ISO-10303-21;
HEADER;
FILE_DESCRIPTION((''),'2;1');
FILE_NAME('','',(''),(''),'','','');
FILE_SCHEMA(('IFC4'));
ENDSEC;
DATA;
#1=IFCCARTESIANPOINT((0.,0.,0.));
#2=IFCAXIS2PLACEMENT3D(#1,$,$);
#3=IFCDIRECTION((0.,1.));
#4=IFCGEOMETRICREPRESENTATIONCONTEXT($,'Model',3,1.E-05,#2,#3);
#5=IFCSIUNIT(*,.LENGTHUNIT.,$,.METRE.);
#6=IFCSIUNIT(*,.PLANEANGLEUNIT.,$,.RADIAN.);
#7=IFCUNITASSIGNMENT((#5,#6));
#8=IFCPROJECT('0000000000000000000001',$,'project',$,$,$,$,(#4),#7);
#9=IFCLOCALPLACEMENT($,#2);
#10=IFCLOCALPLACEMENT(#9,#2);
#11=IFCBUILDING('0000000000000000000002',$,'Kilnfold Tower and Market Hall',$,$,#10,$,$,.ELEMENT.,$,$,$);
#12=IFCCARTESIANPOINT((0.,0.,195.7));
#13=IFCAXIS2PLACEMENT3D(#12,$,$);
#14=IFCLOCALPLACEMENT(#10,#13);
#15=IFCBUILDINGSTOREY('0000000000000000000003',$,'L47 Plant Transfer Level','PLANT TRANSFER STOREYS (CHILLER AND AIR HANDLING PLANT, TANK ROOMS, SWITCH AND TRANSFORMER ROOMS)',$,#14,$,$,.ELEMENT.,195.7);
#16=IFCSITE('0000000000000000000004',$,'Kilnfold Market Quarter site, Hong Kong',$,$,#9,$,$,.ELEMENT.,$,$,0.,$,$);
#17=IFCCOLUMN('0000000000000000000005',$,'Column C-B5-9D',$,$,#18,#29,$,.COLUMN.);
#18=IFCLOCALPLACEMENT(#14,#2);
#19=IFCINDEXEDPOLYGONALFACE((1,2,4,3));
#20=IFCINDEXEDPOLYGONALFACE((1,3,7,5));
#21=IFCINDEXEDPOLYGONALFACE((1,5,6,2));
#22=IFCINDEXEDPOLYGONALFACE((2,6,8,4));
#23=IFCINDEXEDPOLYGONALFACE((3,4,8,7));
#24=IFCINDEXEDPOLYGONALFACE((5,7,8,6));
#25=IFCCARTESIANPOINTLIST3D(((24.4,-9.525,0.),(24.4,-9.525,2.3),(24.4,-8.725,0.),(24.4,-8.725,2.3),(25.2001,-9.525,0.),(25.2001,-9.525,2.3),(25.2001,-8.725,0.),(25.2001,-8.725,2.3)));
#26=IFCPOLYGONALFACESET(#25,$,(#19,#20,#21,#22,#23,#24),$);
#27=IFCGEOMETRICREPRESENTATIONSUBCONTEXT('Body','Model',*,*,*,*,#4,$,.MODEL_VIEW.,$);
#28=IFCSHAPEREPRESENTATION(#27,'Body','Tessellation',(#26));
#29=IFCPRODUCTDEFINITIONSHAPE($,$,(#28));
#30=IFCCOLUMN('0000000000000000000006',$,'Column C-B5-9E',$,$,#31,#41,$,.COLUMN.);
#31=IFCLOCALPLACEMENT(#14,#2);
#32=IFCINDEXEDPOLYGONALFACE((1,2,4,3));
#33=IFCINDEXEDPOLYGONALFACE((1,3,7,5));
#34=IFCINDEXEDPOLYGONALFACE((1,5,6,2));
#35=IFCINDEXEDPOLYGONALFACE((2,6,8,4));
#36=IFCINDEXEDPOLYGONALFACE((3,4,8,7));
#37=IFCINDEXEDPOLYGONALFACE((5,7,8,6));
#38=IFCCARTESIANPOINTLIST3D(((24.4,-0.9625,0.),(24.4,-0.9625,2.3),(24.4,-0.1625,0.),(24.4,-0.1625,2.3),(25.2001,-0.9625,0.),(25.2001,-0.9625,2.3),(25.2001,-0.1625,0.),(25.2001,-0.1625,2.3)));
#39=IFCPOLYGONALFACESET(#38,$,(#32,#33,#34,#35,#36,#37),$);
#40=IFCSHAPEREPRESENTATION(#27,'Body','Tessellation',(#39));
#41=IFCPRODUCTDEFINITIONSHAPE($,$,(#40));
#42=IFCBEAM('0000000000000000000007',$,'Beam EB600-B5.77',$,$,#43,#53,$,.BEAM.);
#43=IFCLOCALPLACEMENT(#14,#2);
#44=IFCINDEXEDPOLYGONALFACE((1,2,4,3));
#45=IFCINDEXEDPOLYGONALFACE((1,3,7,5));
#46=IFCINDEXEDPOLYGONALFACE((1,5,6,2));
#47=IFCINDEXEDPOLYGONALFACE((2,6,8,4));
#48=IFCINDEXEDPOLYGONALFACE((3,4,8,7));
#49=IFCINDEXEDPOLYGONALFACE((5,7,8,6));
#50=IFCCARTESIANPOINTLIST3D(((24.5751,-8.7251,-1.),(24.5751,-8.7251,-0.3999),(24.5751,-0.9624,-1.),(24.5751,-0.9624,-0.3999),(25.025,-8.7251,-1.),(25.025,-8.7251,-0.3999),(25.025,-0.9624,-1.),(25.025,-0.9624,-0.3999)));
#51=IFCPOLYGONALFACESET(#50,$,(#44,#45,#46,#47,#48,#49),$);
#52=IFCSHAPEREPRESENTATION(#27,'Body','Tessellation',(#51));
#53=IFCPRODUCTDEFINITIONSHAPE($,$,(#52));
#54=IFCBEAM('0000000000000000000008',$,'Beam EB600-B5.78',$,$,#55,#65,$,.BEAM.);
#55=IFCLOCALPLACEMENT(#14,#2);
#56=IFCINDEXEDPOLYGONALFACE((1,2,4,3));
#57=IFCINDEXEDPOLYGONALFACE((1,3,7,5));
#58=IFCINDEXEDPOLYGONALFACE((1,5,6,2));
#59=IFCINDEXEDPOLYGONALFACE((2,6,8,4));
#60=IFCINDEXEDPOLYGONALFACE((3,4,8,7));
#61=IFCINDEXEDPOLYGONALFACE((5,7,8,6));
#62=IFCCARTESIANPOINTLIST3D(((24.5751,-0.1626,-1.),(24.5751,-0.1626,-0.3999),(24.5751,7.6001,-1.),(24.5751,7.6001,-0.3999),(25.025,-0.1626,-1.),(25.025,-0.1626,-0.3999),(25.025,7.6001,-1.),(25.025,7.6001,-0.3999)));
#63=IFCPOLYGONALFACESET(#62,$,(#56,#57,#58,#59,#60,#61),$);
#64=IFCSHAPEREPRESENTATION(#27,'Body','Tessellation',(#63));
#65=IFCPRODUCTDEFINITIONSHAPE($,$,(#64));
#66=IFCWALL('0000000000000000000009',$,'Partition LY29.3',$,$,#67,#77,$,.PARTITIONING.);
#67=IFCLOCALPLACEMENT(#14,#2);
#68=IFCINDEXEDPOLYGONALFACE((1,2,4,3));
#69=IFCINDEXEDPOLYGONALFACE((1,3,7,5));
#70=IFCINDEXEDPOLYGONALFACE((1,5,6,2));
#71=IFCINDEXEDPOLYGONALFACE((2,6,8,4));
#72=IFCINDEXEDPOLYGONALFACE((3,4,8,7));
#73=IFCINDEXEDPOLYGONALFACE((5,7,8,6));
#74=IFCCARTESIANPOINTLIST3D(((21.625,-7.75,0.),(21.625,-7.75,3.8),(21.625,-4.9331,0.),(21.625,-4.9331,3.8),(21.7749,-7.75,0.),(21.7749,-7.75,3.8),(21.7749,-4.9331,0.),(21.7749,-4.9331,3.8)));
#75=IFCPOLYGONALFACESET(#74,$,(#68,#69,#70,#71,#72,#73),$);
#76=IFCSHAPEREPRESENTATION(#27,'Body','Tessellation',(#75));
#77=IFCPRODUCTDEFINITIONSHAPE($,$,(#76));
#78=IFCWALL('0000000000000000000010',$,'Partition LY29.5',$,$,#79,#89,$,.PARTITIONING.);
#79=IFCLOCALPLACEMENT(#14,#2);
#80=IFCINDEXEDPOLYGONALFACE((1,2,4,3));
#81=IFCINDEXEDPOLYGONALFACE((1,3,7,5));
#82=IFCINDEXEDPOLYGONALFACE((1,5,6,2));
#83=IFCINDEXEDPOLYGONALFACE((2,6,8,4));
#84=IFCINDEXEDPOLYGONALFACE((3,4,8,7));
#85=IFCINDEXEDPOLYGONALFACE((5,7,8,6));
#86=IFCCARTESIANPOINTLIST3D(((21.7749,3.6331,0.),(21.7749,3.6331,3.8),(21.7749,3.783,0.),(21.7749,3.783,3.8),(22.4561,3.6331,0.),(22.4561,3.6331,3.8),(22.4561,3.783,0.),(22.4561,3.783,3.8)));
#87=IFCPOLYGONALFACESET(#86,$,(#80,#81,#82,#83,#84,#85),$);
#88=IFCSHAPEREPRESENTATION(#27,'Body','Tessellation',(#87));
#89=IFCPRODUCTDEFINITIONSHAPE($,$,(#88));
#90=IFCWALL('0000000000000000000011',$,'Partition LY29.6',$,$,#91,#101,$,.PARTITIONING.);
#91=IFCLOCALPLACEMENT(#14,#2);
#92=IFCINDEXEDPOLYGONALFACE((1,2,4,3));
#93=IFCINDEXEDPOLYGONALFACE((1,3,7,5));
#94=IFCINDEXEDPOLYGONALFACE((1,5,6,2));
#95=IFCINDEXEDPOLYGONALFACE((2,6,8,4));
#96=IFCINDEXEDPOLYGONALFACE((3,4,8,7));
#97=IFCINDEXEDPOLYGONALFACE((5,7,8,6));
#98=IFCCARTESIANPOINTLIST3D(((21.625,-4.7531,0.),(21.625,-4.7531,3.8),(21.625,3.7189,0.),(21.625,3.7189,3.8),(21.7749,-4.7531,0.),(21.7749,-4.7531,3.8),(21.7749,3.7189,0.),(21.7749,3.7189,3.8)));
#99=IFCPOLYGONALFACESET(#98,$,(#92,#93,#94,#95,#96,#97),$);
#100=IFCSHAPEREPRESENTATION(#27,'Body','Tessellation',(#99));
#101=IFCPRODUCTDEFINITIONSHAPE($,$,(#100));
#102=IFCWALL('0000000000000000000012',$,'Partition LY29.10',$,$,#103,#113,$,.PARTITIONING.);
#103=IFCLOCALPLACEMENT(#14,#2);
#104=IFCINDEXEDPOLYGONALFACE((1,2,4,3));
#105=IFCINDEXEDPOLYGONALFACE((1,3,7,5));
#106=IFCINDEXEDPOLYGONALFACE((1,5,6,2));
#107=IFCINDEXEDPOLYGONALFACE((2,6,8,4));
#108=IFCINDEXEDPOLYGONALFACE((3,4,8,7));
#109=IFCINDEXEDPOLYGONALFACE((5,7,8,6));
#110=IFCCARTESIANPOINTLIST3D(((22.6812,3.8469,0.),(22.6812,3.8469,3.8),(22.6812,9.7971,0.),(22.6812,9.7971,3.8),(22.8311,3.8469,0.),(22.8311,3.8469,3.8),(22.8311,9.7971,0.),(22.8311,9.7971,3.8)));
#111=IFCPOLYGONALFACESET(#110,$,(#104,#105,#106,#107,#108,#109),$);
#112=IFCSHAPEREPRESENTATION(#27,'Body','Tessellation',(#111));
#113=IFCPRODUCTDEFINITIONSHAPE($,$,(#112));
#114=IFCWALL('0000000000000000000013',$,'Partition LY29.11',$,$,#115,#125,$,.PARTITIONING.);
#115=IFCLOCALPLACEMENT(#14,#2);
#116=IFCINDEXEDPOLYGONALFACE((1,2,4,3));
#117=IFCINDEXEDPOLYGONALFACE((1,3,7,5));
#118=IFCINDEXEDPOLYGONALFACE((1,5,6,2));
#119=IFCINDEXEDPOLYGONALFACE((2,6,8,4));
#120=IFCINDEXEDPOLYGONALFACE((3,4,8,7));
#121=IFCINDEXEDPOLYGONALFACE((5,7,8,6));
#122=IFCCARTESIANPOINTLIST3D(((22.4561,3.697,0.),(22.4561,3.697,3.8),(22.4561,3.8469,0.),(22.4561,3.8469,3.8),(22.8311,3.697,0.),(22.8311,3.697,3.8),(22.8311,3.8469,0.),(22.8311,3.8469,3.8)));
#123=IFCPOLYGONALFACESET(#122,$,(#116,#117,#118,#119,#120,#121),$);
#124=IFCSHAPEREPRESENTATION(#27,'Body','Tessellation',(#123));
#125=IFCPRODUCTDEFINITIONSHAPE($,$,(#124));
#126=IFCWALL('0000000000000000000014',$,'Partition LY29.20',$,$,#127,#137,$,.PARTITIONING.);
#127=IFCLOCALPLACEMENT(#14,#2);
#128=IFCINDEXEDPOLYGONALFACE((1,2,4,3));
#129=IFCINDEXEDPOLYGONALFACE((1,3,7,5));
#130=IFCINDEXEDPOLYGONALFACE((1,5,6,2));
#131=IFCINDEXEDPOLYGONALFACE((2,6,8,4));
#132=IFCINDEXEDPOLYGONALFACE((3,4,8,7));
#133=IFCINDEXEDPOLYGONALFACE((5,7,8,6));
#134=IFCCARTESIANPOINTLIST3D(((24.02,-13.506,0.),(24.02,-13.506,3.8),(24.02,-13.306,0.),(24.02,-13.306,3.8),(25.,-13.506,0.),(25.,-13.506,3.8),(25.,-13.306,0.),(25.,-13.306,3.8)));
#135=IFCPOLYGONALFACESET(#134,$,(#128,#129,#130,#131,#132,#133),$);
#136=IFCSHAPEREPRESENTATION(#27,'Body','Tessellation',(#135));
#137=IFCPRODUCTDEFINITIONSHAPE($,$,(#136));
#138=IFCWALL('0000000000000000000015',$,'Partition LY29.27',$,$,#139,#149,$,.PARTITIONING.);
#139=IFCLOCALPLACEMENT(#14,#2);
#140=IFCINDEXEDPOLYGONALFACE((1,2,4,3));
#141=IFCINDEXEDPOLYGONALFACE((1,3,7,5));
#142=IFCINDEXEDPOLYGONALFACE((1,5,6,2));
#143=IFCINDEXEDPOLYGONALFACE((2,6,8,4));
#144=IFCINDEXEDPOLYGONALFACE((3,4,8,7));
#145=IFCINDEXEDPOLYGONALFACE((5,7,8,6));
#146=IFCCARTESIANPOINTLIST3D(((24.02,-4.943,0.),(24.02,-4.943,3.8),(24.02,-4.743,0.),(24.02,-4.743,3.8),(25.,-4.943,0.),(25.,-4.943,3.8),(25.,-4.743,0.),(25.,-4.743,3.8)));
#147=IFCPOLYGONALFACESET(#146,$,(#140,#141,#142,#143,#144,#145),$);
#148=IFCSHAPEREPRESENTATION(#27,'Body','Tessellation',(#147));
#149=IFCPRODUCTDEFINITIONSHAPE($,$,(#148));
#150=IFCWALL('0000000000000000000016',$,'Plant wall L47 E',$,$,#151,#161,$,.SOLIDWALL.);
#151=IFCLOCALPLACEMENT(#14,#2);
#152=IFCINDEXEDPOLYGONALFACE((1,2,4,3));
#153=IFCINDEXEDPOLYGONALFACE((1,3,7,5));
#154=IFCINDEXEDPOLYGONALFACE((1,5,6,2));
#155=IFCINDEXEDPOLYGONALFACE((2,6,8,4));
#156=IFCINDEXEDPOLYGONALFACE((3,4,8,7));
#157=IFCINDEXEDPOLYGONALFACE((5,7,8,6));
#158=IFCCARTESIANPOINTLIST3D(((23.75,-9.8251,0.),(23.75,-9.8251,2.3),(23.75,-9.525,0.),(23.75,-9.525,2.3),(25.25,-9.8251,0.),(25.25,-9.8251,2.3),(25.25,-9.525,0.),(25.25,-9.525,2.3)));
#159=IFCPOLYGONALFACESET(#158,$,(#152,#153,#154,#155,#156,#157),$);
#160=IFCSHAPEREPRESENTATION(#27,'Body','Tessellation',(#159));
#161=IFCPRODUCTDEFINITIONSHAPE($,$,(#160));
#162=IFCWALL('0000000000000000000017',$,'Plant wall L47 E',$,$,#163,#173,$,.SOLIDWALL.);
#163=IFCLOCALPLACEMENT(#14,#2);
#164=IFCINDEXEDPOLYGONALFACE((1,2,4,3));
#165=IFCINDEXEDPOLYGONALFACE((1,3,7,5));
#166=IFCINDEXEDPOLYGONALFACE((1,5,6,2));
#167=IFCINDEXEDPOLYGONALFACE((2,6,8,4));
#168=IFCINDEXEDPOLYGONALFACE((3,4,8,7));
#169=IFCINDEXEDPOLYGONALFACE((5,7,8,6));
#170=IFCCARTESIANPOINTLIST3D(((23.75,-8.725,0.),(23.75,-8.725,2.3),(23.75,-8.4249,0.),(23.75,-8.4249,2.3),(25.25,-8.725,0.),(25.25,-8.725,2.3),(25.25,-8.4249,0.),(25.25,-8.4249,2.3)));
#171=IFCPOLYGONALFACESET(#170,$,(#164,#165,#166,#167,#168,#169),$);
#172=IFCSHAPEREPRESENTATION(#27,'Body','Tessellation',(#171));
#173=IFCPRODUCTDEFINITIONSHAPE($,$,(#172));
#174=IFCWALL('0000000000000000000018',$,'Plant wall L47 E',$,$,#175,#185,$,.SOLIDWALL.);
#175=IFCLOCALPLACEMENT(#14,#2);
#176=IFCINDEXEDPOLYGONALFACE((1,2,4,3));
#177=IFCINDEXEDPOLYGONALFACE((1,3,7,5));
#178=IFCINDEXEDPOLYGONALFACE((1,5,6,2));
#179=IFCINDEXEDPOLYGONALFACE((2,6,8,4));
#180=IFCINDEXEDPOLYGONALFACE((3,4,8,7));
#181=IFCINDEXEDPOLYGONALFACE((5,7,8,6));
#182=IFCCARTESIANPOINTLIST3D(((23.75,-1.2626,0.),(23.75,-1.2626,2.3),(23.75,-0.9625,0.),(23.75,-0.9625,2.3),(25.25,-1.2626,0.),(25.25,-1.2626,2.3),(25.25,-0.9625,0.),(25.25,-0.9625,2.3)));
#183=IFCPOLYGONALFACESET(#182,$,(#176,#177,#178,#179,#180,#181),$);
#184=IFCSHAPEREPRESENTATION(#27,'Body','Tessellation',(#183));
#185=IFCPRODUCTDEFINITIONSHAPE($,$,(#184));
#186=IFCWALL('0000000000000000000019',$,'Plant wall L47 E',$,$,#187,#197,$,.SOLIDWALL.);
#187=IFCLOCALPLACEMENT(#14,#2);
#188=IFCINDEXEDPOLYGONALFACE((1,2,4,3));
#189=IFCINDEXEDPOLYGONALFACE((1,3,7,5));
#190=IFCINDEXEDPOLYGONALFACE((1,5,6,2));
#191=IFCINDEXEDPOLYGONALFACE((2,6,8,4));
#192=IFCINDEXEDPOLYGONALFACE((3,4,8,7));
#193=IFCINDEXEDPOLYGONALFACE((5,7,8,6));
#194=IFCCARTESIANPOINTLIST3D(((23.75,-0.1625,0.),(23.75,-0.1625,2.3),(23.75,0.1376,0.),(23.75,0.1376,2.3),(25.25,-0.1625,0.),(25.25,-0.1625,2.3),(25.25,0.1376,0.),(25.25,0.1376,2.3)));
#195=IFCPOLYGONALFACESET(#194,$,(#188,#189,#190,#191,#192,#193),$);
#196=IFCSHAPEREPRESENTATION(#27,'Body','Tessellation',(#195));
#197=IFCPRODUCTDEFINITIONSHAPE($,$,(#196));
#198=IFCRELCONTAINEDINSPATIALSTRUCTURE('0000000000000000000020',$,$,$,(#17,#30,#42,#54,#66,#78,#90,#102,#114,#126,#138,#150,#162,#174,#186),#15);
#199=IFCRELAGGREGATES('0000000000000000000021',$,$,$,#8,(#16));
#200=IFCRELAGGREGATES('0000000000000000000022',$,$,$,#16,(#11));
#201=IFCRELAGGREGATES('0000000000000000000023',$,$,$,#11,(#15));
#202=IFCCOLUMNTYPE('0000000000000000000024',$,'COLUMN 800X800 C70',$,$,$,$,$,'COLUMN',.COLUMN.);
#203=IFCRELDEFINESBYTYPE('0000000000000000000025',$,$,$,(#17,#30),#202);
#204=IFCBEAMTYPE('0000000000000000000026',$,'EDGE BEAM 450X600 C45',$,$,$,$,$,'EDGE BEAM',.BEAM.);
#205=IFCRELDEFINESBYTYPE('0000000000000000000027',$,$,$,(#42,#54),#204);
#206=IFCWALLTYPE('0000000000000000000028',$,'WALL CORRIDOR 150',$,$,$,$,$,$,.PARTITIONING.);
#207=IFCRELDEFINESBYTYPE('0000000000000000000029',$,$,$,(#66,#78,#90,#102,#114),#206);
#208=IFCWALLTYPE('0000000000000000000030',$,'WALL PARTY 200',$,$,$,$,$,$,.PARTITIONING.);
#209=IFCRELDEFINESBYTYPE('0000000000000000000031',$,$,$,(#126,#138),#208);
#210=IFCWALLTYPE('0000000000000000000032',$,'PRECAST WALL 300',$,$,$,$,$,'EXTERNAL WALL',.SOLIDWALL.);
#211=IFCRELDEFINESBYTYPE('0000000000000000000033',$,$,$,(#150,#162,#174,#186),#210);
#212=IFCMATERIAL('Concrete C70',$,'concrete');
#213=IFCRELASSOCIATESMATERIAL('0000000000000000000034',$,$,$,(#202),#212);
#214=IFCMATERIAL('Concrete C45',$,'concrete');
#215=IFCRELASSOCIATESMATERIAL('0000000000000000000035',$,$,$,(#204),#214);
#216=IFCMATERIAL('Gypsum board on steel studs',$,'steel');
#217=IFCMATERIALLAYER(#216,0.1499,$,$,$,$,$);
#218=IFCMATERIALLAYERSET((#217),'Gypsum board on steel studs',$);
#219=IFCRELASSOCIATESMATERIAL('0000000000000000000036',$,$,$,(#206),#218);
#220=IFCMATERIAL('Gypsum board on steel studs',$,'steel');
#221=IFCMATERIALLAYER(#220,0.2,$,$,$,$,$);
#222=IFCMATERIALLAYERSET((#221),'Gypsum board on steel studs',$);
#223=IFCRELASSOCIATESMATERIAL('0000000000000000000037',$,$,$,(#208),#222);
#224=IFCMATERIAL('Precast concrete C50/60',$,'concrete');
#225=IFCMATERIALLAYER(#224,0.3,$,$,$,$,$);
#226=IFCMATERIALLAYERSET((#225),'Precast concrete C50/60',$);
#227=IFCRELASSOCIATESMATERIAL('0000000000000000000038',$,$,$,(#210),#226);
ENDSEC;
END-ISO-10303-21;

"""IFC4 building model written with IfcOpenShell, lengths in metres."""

from ifc_helpers import new_model, si_unit, direction, frame, frame_2d, origin, origin_2d, place, context, subcontext, project, spatial, rectangle, extrude, source, transform, mapped, material, layer, layer_set, material_profile, profile_set, type_object, element, save


model = new_model("IFC4")

# Units and contexts
model_context = context("Model", 3, precision=1e-05, world=origin(), true_north=direction((0.0, 1.0)))
body_context = subcontext(model_context, "Body", "Model", "MODEL_VIEW")
ifc_project = project(units=[si_unit("LENGTHUNIT", "METRE"), si_unit("PLANEANGLEUNIT", "RADIAN")], contexts=[model_context])

# Site, building, storey
site_placement = place(None, origin())
site = spatial("IfcSite", under=ifc_project, at=site_placement, Name="Kilnfold Market Quarter site, Hong Kong", CompositionType="ELEMENT", RefElevation=0.0)
building_placement = place(site_placement, origin())
building = spatial("IfcBuilding", under=site, at=building_placement, Name="Kilnfold Tower and Market Hall", CompositionType="ELEMENT")
storey_placement = place(building_placement, frame((0.0, 0.0, 195.7)))
storey = spatial("IfcBuildingStorey", under=building, at=storey_placement, Name="L47 Plant Transfer Level", Description="PLANT TRANSFER STOREYS (CHILLER AND AIR HANDLING PLANT, TANK ROOMS, SWITCH AND TRANSFORMER ROOMS)", CompositionType="ELEMENT", Elevation=195.7)

# Columns
ifc_material_1 = material(Name="Concrete C70", Category="concrete")
ifc_material_profile_1 = material_profile(ifc_material_1, rectangle(XDim=0.8, YDim=0.8, at=origin_2d()), Name="RC 800x800")
ifc_profile_set_1 = profile_set([ifc_material_profile_1], Name="Concrete C70")
column_type = type_object("IfcColumnType", Name="COLUMN 800X800 C70", ElementType="COLUMN", PredefinedType="COLUMN", material=ifc_profile_set_1)
shared_shape_1 = source(origin(), body_context, "Body", "SweptSolid", [
    extrude(rectangle(XDim=0.8, YDim=0.8, at=origin_2d()), origin(), (0.0, 0.0, 1.0), 2.3),
])
for number, where, z_axis, x_axis, name in (
    (1, (24.8, -9.125, 0.0), (0.0, 0.0, 1.0), (1.0, 0.0, 0.0), "Column C-B5-9D"),
    (2, (24.8, -0.5625, 0.0), (0.0, 0.0, 1.0), (1.0, 0.0, 0.0), "Column C-B5-9E"),
):
    element("IfcColumn", number, at=place(storey_placement, frame(where, z_axis=z_axis, x_axis=x_axis)), inside=storey, type_object=column_type, Name=name, PredefinedType="COLUMN", context=body_context, shape_type="MappedRepresentation", body=[
        mapped(shared_shape_1, transform((0.0, 0.0, 0.0))),
    ])

# Beams
ifc_material_2 = material(Name="Concrete C45", Category="concrete")
ifc_material_profile_2 = material_profile(ifc_material_2, rectangle(XDim=0.45, YDim=0.6001, at=origin_2d()), Name="RC 450x600")
ifc_profile_set_2 = profile_set([ifc_material_profile_2], Name="Concrete C45")
beam_type = type_object("IfcBeamType", Name="EDGE BEAM 450X600 C45", ElementType="EDGE BEAM", PredefinedType="BEAM", material=ifc_profile_set_2)
shared_shape_2 = source(origin(), body_context, "Body", "SweptSolid", [
    extrude(rectangle(XDim=0.45, YDim=0.6001, at=origin_2d()), origin(), (0.0, 0.0, 1.0), 7.7627),
])
for number, where, z_axis, x_axis, name in (
    (3, (24.8, -8.7251, -0.7), (0.0, 1.0, 0.0), (-1.0, 0.0, 0.0), "Beam EB600-B5.77"),
    (4, (24.8, -0.1626, -0.7), (0.0, 1.0, 0.0), (-1.0, 0.0, 0.0), "Beam EB600-B5.78"),
):
    element("IfcBeam", number, at=place(storey_placement, frame(where, z_axis=z_axis, x_axis=x_axis)), inside=storey, type_object=beam_type, Name=name, PredefinedType="BEAM", context=body_context, shape_type="MappedRepresentation", body=[
        mapped(shared_shape_2, transform((0.0, 0.0, 0.0))),
    ])

# Walls
ifc_material_3 = material(Name="Gypsum board on steel studs", Category="steel")
ifc_layer_1 = layer(ifc_material_3, 0.1499)
ifc_layer_set_1 = layer_set([ifc_layer_1], Name="Gypsum board on steel studs")
wall_type_1 = type_object("IfcWallType", Name="WALL CORRIDOR 150", PredefinedType="PARTITIONING", material=ifc_layer_set_1)
wall_1_placement = place(storey_placement, frame((21.7, -7.75, 0.0), z_axis=(0.0, 0.0, 1.0), x_axis=(0.0, 1.0, 0.0)))
element("IfcWall", 5, at=wall_1_placement, inside=storey, type_object=wall_type_1, Name="Partition LY29.3", PredefinedType="PARTITIONING", context=body_context, shape_type="SweptSolid", body=[
    extrude(rectangle(XDim=2.8169, YDim=0.1499, at=frame_2d((1.4084, 0.0))), origin(), (0.0, 0.0, 1.0), 3.8),
])
wall_2_placement = place(storey_placement, frame((21.7749, 3.708, 0.0), z_axis=(0.0, 0.0, 1.0), x_axis=(1.0, 0.0, 0.0)))
element("IfcWall", 6, at=wall_2_placement, inside=storey, type_object=wall_type_1, Name="Partition LY29.5", PredefinedType="PARTITIONING", context=body_context, shape_type="SweptSolid", body=[
    extrude(rectangle(XDim=0.6812, YDim=0.1499, at=frame_2d((0.3406, 0.0))), origin(), (0.0, 0.0, 1.0), 3.8),
])
wall_3_placement = place(storey_placement, frame((21.7, -4.7529, 0.0), z_axis=(0.0, 0.0, 1.0), x_axis=(0.0, 1.0, 0.0)))
element("IfcWall", 7, at=wall_3_placement, inside=storey, type_object=wall_type_1, Name="Partition LY29.6", PredefinedType="PARTITIONING", context=body_context, shape_type="SweptSolid", body=[
    extrude(rectangle(XDim=8.4719, YDim=0.1499, at=frame_2d((4.2358, 0.0))), origin(), (0.0, 0.0, 1.0), 3.8),
])
wall_4_placement = place(storey_placement, frame((22.7561, 3.8469, 0.0), z_axis=(0.0, 0.0, 1.0), x_axis=(0.0, 1.0, 0.0)))
element("IfcWall", 8, at=wall_4_placement, inside=storey, type_object=wall_type_1, Name="Partition LY29.10", PredefinedType="PARTITIONING", context=body_context, shape_type="SweptSolid", body=[
    extrude(rectangle(XDim=5.9502, YDim=0.1499, at=frame_2d((2.9751, 0.0))), origin(), (0.0, 0.0, 1.0), 3.8),
])
wall_5_placement = place(storey_placement, frame((22.4561, 3.772, 0.0), z_axis=(0.0, 0.0, 1.0), x_axis=(1.0, 0.0, 0.0)))
element("IfcWall", 9, at=wall_5_placement, inside=storey, type_object=wall_type_1, Name="Partition LY29.11", PredefinedType="PARTITIONING", context=body_context, shape_type="SweptSolid", body=[
    extrude(rectangle(XDim=0.375, YDim=0.1499, at=frame_2d((0.1875, 0.0))), origin(), (0.0, 0.0, 1.0), 3.8),
])
ifc_material_4 = material(Name="Gypsum board on steel studs", Category="steel")
ifc_layer_2 = layer(ifc_material_4, 0.2)
ifc_layer_set_2 = layer_set([ifc_layer_2], Name="Gypsum board on steel studs")
wall_type_2 = type_object("IfcWallType", Name="WALL PARTY 200", PredefinedType="PARTITIONING", material=ifc_layer_set_2)
for number, where, z_axis, x_axis, name in (
    (10, (25.0, -13.406, 0.0), (0.0, 0.0, 1.0), (-1.0, 0.0, 0.0), "Partition LY29.20"),
    (11, (24.02, -4.843, 0.0), (0.0, 0.0, 1.0), (1.0, 0.0, 0.0), "Partition LY29.27"),
):
    element("IfcWall", number, at=place(storey_placement, frame(where, z_axis=z_axis, x_axis=x_axis)), inside=storey, type_object=wall_type_2, Name=name, PredefinedType="PARTITIONING", context=body_context, shape_type="SweptSolid", body=[
        extrude(rectangle(XDim=0.98, YDim=0.2, at=frame_2d((0.49, 0.0))), origin(), (0.0, 0.0, 1.0), 3.8),
    ])
ifc_material_5 = material(Name="Precast concrete C50/60", Category="concrete")
ifc_layer_3 = layer(ifc_material_5, 0.3)
ifc_layer_set_3 = layer_set([ifc_layer_3], Name="Precast concrete C50/60")
wall_type_3 = type_object("IfcWallType", Name="PRECAST WALL 300", ElementType="EXTERNAL WALL", PredefinedType="SOLIDWALL", material=ifc_layer_set_3)
shared_shape_3 = source(origin(), body_context, "Body", "SweptSolid", [
    extrude(rectangle(XDim=1.5, YDim=0.3, at=frame_2d((0.75, 0.0))), origin(), (0.0, 0.0, 1.0), 2.3),
])
for number, where, z_axis, x_axis, name in (
    (12, (25.25, -9.675, 0.0), (0.0, 0.0, 1.0), (-1.0, 0.0, 0.0), "Plant wall L47 E"),
    (13, (25.25, -8.575, 0.0), (0.0, 0.0, 1.0), (-1.0, 0.0, 0.0), "Plant wall L47 E"),
    (14, (25.25, -1.1125, 0.0), (0.0, 0.0, 1.0), (-1.0, 0.0, 0.0), "Plant wall L47 E"),
    (15, (25.25, -0.0125, 0.0), (0.0, 0.0, 1.0), (-1.0, 0.0, 0.0), "Plant wall L47 E"),
):
    element("IfcWall", number, at=place(storey_placement, frame(where, z_axis=z_axis, x_axis=x_axis)), inside=storey, type_object=wall_type_3, Name=name, PredefinedType="SOLIDWALL", context=body_context, shape_type="MappedRepresentation", body=[
        mapped(shared_shape_3, transform((0.0, 0.0, 0.0))),
    ])

save(model, "model.ifc")
